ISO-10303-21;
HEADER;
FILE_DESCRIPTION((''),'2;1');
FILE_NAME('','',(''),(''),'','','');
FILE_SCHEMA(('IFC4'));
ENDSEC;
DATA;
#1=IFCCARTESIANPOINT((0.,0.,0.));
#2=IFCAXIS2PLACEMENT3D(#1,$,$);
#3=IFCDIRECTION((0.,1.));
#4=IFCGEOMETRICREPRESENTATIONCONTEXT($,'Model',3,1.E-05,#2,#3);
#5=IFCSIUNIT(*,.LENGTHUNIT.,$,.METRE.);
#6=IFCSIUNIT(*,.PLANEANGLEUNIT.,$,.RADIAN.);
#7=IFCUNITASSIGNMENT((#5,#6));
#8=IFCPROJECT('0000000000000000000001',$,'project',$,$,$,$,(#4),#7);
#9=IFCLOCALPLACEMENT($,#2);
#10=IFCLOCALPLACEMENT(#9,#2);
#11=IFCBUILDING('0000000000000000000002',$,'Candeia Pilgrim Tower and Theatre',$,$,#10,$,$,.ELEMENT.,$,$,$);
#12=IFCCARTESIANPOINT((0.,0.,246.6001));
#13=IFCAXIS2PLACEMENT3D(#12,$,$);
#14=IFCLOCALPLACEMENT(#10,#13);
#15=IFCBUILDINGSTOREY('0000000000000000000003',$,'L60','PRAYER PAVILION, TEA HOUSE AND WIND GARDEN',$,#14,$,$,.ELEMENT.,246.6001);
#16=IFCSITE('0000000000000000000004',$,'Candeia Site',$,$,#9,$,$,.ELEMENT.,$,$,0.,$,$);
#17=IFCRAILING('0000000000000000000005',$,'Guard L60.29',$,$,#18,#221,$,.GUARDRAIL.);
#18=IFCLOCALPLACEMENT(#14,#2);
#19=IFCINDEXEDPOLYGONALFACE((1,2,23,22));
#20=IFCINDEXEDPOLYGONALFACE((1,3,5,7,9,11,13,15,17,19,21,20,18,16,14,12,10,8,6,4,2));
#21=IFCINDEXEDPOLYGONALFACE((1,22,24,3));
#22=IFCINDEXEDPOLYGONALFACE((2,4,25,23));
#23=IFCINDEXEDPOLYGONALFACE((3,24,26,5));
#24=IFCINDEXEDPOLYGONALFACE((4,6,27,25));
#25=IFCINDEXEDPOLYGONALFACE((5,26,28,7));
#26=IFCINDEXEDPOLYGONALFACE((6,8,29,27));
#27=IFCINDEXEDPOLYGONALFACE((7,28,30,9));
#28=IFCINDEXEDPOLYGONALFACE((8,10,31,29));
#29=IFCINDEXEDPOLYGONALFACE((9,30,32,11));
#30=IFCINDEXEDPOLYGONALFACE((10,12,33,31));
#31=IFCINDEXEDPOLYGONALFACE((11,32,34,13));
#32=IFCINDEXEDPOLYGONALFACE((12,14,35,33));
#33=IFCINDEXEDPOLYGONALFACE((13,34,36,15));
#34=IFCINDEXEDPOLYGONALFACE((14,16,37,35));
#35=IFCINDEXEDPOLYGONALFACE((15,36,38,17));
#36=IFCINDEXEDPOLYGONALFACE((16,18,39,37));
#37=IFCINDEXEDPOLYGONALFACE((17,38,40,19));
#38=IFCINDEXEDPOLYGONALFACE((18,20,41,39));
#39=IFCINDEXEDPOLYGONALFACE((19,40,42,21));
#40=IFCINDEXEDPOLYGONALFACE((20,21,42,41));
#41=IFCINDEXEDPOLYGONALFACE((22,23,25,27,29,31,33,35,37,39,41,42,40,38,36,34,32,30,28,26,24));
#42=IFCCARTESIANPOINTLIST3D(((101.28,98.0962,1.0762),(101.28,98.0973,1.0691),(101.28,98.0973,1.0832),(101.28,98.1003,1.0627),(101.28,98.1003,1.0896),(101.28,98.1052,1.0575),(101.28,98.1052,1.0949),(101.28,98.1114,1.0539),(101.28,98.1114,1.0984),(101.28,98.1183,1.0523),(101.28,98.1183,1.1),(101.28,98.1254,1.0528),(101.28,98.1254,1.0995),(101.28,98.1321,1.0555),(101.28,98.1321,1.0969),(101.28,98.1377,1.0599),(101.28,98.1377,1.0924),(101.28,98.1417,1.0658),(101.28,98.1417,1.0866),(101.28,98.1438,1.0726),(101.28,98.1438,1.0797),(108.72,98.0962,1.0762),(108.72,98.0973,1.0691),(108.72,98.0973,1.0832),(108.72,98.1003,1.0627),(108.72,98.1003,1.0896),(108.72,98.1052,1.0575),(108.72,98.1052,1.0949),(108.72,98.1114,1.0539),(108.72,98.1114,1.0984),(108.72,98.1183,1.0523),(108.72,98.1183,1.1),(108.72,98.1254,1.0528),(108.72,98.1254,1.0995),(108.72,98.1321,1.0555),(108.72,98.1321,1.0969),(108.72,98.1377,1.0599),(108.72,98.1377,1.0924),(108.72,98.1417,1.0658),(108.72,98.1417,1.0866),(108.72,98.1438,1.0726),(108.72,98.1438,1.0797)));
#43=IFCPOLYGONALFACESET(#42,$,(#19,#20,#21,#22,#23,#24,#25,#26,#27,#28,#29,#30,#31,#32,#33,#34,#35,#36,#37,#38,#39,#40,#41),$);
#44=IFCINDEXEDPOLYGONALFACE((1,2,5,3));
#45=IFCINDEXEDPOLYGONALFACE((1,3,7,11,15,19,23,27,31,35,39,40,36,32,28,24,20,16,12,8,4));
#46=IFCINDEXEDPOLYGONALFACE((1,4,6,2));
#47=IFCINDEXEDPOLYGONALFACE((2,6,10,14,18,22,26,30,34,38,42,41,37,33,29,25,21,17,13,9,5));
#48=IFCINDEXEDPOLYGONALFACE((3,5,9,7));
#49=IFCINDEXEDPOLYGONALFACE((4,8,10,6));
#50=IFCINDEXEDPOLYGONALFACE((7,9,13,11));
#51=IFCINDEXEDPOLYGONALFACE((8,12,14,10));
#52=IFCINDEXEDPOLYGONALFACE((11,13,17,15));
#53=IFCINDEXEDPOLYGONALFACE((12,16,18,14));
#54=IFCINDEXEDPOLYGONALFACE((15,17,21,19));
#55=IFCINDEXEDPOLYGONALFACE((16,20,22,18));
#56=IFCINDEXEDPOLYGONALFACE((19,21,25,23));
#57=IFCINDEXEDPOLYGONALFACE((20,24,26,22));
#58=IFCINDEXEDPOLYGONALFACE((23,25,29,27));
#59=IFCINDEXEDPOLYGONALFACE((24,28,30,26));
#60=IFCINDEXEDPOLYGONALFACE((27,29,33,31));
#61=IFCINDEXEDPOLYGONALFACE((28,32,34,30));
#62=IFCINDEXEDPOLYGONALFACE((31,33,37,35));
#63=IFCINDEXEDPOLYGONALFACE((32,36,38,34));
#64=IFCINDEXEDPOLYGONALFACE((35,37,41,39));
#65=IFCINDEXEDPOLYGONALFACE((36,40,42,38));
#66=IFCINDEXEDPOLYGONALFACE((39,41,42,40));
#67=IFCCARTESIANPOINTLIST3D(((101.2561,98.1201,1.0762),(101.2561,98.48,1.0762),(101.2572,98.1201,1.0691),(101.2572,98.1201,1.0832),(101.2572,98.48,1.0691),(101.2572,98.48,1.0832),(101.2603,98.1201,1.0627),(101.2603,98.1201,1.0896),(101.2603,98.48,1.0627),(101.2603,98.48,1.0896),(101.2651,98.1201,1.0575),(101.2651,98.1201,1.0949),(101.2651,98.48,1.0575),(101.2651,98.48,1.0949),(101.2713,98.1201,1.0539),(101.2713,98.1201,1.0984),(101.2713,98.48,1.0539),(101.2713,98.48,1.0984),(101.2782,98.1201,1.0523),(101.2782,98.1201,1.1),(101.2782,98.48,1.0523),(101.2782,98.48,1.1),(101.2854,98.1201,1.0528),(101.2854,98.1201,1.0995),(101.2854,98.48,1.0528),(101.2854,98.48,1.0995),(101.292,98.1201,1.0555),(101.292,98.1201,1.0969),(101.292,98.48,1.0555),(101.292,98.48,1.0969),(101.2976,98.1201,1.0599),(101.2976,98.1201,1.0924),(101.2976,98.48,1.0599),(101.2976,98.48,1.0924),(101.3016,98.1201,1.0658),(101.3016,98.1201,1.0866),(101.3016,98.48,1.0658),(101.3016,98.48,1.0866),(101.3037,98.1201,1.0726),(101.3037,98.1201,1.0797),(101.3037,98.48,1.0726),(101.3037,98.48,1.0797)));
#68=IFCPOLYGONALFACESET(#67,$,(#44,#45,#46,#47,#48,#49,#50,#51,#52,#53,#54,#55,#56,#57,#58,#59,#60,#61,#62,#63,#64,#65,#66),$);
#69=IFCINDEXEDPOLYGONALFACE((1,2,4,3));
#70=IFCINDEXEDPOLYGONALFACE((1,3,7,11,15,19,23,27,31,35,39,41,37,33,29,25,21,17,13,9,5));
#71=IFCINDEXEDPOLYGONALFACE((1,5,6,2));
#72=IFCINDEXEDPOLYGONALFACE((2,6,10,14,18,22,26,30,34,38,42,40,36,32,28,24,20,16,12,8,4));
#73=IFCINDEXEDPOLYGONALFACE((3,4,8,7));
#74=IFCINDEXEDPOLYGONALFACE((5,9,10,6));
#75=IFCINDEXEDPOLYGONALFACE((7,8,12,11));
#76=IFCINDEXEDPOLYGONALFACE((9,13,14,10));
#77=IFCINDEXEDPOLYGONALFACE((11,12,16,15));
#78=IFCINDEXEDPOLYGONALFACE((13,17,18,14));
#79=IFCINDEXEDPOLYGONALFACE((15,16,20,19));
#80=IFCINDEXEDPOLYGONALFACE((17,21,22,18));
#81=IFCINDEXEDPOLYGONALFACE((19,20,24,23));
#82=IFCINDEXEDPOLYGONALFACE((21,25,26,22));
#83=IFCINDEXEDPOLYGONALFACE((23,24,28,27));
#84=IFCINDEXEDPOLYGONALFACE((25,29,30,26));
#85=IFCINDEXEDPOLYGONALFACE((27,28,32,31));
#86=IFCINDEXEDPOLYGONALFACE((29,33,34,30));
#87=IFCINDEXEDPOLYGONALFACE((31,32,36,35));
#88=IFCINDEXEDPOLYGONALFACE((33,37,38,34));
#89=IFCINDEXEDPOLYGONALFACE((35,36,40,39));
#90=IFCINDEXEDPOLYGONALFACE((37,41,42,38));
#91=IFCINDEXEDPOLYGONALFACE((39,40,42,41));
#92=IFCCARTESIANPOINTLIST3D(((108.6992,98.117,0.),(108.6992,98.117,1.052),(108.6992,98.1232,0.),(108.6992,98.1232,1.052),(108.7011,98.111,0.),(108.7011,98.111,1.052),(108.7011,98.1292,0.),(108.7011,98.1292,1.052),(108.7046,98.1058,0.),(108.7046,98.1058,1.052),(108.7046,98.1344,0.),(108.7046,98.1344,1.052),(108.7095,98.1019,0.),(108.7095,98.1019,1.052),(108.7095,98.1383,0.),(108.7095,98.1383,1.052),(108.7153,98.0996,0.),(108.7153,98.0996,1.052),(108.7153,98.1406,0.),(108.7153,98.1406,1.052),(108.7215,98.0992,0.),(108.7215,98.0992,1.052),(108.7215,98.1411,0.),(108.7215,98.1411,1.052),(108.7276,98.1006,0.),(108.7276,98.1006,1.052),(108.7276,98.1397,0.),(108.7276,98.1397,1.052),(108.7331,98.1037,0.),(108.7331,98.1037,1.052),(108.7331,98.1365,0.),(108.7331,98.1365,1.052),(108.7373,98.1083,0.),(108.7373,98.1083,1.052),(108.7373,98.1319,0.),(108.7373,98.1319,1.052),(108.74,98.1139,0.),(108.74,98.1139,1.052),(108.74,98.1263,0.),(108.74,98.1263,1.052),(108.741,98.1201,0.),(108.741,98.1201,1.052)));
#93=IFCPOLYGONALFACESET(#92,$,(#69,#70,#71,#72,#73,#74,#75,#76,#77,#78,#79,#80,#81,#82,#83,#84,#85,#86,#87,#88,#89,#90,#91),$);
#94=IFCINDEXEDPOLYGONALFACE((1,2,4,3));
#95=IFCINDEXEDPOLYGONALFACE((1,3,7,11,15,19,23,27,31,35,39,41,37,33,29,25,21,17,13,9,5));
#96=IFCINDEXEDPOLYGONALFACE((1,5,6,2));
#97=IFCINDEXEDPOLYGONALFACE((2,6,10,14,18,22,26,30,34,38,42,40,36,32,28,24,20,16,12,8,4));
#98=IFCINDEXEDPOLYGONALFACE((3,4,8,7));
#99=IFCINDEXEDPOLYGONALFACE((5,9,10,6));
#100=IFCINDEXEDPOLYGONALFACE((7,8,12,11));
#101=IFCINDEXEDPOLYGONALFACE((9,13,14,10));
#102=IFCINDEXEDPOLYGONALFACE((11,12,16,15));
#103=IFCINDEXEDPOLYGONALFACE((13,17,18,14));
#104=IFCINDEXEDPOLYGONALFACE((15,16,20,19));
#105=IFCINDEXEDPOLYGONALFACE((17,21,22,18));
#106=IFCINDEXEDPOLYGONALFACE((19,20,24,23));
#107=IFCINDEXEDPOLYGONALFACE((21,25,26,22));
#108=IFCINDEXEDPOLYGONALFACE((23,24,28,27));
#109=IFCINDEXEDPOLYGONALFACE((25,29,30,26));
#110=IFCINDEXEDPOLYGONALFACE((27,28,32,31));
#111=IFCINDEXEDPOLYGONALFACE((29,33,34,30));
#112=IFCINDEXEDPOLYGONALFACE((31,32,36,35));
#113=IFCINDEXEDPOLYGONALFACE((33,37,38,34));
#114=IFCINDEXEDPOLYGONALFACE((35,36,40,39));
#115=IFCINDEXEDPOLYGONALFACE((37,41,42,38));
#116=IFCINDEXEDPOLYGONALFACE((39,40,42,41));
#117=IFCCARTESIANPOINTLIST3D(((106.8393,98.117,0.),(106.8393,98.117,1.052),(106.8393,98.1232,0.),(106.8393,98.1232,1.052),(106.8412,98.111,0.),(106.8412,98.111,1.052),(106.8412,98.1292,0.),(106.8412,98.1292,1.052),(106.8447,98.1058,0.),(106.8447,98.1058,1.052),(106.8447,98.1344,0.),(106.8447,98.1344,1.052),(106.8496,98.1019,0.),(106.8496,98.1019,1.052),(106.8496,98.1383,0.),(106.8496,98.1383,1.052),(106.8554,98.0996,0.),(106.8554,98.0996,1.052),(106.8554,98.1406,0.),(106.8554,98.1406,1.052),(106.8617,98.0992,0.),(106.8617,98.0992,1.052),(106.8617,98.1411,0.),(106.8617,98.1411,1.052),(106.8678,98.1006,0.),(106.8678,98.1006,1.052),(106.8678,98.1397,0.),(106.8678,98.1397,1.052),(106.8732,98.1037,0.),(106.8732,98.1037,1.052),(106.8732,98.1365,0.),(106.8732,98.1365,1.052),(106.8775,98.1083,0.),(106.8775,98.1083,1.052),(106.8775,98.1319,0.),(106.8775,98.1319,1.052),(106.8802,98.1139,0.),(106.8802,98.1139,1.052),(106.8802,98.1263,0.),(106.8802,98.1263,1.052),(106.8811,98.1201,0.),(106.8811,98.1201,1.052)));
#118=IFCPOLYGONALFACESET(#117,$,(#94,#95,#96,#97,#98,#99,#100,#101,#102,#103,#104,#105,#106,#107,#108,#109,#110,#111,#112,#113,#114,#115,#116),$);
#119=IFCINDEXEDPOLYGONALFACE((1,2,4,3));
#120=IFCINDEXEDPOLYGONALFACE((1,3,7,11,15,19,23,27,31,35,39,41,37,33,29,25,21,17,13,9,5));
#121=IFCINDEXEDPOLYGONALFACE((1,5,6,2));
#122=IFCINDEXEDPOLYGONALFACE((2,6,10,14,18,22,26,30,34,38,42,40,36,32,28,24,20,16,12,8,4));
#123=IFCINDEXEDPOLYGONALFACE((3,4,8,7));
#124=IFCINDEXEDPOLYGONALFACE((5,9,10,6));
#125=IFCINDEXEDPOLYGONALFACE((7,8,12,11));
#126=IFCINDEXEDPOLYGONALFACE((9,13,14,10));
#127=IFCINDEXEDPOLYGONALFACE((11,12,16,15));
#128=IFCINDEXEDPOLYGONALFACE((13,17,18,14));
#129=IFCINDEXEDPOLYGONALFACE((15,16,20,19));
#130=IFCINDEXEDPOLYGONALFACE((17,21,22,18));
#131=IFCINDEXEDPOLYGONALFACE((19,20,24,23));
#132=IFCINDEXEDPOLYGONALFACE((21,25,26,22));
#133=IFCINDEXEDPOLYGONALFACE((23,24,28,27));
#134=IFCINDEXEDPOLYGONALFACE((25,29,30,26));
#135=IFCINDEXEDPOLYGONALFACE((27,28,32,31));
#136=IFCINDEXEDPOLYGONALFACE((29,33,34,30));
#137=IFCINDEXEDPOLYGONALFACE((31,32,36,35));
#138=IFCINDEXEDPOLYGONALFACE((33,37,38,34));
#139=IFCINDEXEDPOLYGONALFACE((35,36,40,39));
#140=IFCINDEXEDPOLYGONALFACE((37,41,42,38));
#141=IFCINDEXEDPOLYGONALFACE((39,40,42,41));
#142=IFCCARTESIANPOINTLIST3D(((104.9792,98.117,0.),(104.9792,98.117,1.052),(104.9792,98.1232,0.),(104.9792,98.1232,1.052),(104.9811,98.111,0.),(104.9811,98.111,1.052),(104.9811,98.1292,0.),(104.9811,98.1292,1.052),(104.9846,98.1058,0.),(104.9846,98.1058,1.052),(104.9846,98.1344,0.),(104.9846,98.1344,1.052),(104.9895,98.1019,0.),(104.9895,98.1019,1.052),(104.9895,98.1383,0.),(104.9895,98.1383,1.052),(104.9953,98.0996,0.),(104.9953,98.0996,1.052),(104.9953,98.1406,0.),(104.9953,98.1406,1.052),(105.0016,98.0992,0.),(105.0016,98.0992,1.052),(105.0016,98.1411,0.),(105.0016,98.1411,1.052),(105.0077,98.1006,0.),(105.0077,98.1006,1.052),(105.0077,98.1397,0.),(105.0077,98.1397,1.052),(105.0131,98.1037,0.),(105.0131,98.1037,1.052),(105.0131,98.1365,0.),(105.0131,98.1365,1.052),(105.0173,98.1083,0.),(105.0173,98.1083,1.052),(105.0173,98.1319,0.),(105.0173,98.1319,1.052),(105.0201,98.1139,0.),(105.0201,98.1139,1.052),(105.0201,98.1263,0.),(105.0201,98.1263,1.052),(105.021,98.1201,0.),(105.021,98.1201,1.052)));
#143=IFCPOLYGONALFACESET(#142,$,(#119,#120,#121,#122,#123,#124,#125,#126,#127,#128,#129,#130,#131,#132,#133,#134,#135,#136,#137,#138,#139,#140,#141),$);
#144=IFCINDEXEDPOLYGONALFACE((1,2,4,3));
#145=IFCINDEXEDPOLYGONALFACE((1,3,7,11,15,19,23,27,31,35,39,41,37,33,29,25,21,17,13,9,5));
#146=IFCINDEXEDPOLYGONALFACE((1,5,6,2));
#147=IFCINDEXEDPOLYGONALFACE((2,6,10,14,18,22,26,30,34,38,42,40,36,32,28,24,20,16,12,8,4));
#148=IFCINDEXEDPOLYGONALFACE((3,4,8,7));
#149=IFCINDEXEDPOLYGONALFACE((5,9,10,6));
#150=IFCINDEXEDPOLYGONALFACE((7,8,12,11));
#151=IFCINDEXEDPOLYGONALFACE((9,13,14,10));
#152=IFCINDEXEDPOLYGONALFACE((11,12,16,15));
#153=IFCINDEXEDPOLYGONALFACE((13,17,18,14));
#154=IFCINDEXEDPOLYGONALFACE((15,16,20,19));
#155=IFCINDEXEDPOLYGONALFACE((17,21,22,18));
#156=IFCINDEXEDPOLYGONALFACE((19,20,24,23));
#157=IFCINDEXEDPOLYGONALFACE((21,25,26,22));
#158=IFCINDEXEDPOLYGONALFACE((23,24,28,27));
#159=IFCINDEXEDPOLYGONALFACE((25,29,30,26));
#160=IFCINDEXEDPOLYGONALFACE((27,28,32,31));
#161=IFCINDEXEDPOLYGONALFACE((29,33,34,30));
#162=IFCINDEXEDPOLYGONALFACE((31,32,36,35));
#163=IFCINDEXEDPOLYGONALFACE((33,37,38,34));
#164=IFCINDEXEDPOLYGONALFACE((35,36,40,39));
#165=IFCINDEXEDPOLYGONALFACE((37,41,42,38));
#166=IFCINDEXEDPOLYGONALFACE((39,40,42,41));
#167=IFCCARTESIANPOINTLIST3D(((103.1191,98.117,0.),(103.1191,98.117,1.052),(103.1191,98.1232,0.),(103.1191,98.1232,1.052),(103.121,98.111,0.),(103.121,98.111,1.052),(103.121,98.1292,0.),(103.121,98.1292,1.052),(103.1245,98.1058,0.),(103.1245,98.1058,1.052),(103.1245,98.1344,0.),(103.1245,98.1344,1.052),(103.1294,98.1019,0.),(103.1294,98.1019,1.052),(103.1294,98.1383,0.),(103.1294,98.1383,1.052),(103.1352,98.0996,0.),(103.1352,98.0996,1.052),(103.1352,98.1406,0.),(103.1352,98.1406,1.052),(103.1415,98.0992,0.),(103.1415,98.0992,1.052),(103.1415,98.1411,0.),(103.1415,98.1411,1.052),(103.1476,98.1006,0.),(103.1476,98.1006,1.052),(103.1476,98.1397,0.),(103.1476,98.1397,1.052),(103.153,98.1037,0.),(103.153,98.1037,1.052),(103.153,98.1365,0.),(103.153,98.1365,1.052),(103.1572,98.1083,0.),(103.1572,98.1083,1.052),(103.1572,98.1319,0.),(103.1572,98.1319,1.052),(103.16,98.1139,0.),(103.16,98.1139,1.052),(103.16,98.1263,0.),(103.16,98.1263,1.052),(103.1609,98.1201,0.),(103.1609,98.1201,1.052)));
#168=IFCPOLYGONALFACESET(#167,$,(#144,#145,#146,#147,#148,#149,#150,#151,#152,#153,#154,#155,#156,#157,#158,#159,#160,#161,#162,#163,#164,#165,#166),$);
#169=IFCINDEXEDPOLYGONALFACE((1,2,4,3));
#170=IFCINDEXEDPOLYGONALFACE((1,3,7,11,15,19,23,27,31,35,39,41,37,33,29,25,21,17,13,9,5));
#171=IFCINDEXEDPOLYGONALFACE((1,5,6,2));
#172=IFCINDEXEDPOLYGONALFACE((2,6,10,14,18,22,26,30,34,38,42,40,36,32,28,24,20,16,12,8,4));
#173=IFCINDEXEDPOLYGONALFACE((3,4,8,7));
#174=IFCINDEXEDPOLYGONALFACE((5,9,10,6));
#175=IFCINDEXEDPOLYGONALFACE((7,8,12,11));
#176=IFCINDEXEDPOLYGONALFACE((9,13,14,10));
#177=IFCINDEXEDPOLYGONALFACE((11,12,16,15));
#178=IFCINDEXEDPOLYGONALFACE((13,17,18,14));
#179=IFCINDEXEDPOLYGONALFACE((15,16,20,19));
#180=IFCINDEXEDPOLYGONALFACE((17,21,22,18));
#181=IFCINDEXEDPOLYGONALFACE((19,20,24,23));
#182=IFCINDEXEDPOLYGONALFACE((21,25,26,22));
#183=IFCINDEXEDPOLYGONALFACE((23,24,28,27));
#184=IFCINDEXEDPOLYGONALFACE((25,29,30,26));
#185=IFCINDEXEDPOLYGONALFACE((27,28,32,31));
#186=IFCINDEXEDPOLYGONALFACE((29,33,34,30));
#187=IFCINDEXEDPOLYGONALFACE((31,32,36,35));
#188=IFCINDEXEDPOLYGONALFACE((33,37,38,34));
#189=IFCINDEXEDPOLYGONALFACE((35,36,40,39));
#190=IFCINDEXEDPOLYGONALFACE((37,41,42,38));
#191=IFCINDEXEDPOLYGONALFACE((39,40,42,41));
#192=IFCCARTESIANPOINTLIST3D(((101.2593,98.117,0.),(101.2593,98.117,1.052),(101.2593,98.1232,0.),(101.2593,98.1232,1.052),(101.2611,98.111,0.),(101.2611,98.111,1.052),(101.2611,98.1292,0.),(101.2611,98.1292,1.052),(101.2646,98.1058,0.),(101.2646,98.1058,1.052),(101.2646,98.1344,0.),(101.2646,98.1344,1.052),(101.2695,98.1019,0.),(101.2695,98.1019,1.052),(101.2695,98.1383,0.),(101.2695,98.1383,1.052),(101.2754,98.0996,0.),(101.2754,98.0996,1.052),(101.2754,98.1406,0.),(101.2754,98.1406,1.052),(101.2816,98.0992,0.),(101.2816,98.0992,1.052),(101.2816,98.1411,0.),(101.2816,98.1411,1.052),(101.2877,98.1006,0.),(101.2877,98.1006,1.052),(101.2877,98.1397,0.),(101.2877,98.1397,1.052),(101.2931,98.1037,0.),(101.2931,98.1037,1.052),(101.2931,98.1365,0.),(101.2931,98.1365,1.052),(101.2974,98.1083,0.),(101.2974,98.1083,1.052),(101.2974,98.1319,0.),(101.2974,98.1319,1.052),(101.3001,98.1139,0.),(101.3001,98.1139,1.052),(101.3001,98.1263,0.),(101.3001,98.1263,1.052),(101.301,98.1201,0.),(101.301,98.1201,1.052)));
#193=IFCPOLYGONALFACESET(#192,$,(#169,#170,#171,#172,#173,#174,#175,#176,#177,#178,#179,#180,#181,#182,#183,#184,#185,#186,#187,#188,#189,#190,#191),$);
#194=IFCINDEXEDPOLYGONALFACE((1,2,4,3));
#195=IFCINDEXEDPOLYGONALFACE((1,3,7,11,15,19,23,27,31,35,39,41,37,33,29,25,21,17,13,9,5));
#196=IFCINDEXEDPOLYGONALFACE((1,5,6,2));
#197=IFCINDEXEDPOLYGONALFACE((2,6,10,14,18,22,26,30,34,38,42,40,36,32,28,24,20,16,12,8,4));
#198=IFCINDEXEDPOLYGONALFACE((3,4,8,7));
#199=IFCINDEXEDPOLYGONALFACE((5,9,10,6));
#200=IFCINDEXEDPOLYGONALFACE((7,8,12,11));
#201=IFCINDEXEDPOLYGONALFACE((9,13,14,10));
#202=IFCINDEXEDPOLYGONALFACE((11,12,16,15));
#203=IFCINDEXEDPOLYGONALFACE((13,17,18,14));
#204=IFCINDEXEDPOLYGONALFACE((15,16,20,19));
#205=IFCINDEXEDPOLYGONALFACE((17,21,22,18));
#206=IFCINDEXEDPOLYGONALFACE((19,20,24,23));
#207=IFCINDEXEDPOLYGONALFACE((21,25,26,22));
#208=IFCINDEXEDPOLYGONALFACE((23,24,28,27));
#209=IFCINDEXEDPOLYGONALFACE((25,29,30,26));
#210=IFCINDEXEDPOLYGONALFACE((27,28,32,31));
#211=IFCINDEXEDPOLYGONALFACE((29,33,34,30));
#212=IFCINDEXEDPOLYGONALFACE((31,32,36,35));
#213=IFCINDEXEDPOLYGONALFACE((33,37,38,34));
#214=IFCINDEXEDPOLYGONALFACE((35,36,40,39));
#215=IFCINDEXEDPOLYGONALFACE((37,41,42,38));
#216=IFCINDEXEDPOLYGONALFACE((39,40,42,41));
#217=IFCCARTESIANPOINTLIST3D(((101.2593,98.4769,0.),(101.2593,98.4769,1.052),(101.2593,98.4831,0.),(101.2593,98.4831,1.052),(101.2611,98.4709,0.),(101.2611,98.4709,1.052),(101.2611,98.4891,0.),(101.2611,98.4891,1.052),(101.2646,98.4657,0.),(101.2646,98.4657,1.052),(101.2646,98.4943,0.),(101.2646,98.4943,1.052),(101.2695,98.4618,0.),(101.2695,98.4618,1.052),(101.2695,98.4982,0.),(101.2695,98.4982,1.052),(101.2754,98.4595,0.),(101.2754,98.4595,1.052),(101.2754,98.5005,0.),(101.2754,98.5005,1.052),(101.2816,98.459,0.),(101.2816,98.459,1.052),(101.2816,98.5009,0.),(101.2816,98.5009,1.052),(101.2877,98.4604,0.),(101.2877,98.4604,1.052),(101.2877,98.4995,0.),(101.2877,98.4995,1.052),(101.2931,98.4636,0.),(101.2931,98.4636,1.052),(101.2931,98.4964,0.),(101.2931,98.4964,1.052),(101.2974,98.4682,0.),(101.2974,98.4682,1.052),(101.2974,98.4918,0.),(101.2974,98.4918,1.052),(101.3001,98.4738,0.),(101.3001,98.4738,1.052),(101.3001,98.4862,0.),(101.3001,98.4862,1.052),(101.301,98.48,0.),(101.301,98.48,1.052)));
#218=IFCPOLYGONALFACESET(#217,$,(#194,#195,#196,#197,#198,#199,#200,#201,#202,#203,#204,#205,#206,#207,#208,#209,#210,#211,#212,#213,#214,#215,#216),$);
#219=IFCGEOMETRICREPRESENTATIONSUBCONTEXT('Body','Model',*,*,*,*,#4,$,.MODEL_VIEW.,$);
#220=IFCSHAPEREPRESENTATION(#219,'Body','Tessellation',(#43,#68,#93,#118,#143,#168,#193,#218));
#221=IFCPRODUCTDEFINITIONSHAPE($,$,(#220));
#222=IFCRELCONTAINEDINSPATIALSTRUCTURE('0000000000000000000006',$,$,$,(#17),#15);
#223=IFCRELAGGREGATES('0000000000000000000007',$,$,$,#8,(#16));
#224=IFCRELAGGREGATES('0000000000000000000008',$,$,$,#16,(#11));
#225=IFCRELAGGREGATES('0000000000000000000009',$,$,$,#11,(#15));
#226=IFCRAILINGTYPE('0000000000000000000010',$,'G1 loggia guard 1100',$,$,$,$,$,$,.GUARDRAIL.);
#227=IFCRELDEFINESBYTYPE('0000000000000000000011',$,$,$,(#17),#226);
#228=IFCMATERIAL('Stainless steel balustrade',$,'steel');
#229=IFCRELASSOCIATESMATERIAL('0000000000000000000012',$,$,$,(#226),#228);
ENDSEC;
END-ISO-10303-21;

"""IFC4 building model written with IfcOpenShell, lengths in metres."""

from ifc_helpers import new_model, si_unit, direction, frame, origin, origin_2d, place, context, subcontext, project, spatial, circle, extrude, material, type_object, element, save


model = new_model("IFC4")

# Units and contexts
model_context = context("Model", 3, precision=1e-05, world=origin(), true_north=direction((0.0, 1.0)))
body_context = subcontext(model_context, "Body", "Model", "MODEL_VIEW")
ifc_project = project(units=[si_unit("LENGTHUNIT", "METRE"), si_unit("PLANEANGLEUNIT", "RADIAN")], contexts=[model_context])

# Site, building, storey
site_placement = place(None, origin())
site = spatial("IfcSite", under=ifc_project, at=site_placement, Name="Candeia Site", CompositionType="ELEMENT", RefElevation=0.0)
building_placement = place(site_placement, origin())
building = spatial("IfcBuilding", under=site, at=building_placement, Name="Candeia Pilgrim Tower and Theatre", CompositionType="ELEMENT")
storey_placement = place(building_placement, frame((0.0, 0.0, 246.6001)))
storey = spatial("IfcBuildingStorey", under=building, at=storey_placement, Name="L60", Description="PRAYER PAVILION, TEA HOUSE AND WIND GARDEN", CompositionType="ELEMENT", Elevation=246.6001)

# Railing
ifc_material_1 = material(Name="Stainless steel balustrade", Category="steel")
railing_type = type_object("IfcRailingType", Name="G1 loggia guard 1100", PredefinedType="GUARDRAIL", material=ifc_material_1)
railing_1_placement = place(storey_placement, frame((108.72, 98.1201, 0.0)))
element("IfcRailing", 1, at=railing_1_placement, inside=storey, type_object=railing_type, Name="Guard L60.29", PredefinedType="GUARDRAIL", context=body_context, shape_type="SweptSolid", body=[
    extrude(circle(Radius=0.0239, at=origin_2d()), frame((0.0, 0.0, 1.0762), z_axis=(-1.0, 0.0, 0.0), x_axis=(0.0, -1.0, 0.0)), (0.0, 0.0, 1.0), 7.4399),
    extrude(circle(Radius=0.0239, at=origin_2d()), frame((-7.4399, 0.0, 1.0762), z_axis=(0.0, 1.0, 0.0), x_axis=(-1.0, 0.0, 0.0)), (0.0, 0.0, 1.0), 0.3599),
    extrude(circle(Radius=0.021, at=origin_2d()), origin(), (0.0, 0.0, 1.0), 1.052),
    extrude(circle(Radius=0.021, at=origin_2d()), frame((-1.8599, 0.0, 0.0)), (0.0, 0.0, 1.0), 1.052),
    extrude(circle(Radius=0.021, at=origin_2d()), frame((-3.72, 0.0, 0.0)), (0.0, 0.0, 1.0), 1.052),
    extrude(circle(Radius=0.021, at=origin_2d()), frame((-5.5801, 0.0, 0.0)), (0.0, 0.0, 1.0), 1.052),
    extrude(circle(Radius=0.021, at=origin_2d()), frame((-7.4399, 0.0, 0.0)), (0.0, 0.0, 1.0), 1.052),
    extrude(circle(Radius=0.021, at=origin_2d()), frame((-7.4399, 0.3599, 0.0)), (0.0, 0.0, 1.0), 1.052),
])

save(model, "model.ifc")
